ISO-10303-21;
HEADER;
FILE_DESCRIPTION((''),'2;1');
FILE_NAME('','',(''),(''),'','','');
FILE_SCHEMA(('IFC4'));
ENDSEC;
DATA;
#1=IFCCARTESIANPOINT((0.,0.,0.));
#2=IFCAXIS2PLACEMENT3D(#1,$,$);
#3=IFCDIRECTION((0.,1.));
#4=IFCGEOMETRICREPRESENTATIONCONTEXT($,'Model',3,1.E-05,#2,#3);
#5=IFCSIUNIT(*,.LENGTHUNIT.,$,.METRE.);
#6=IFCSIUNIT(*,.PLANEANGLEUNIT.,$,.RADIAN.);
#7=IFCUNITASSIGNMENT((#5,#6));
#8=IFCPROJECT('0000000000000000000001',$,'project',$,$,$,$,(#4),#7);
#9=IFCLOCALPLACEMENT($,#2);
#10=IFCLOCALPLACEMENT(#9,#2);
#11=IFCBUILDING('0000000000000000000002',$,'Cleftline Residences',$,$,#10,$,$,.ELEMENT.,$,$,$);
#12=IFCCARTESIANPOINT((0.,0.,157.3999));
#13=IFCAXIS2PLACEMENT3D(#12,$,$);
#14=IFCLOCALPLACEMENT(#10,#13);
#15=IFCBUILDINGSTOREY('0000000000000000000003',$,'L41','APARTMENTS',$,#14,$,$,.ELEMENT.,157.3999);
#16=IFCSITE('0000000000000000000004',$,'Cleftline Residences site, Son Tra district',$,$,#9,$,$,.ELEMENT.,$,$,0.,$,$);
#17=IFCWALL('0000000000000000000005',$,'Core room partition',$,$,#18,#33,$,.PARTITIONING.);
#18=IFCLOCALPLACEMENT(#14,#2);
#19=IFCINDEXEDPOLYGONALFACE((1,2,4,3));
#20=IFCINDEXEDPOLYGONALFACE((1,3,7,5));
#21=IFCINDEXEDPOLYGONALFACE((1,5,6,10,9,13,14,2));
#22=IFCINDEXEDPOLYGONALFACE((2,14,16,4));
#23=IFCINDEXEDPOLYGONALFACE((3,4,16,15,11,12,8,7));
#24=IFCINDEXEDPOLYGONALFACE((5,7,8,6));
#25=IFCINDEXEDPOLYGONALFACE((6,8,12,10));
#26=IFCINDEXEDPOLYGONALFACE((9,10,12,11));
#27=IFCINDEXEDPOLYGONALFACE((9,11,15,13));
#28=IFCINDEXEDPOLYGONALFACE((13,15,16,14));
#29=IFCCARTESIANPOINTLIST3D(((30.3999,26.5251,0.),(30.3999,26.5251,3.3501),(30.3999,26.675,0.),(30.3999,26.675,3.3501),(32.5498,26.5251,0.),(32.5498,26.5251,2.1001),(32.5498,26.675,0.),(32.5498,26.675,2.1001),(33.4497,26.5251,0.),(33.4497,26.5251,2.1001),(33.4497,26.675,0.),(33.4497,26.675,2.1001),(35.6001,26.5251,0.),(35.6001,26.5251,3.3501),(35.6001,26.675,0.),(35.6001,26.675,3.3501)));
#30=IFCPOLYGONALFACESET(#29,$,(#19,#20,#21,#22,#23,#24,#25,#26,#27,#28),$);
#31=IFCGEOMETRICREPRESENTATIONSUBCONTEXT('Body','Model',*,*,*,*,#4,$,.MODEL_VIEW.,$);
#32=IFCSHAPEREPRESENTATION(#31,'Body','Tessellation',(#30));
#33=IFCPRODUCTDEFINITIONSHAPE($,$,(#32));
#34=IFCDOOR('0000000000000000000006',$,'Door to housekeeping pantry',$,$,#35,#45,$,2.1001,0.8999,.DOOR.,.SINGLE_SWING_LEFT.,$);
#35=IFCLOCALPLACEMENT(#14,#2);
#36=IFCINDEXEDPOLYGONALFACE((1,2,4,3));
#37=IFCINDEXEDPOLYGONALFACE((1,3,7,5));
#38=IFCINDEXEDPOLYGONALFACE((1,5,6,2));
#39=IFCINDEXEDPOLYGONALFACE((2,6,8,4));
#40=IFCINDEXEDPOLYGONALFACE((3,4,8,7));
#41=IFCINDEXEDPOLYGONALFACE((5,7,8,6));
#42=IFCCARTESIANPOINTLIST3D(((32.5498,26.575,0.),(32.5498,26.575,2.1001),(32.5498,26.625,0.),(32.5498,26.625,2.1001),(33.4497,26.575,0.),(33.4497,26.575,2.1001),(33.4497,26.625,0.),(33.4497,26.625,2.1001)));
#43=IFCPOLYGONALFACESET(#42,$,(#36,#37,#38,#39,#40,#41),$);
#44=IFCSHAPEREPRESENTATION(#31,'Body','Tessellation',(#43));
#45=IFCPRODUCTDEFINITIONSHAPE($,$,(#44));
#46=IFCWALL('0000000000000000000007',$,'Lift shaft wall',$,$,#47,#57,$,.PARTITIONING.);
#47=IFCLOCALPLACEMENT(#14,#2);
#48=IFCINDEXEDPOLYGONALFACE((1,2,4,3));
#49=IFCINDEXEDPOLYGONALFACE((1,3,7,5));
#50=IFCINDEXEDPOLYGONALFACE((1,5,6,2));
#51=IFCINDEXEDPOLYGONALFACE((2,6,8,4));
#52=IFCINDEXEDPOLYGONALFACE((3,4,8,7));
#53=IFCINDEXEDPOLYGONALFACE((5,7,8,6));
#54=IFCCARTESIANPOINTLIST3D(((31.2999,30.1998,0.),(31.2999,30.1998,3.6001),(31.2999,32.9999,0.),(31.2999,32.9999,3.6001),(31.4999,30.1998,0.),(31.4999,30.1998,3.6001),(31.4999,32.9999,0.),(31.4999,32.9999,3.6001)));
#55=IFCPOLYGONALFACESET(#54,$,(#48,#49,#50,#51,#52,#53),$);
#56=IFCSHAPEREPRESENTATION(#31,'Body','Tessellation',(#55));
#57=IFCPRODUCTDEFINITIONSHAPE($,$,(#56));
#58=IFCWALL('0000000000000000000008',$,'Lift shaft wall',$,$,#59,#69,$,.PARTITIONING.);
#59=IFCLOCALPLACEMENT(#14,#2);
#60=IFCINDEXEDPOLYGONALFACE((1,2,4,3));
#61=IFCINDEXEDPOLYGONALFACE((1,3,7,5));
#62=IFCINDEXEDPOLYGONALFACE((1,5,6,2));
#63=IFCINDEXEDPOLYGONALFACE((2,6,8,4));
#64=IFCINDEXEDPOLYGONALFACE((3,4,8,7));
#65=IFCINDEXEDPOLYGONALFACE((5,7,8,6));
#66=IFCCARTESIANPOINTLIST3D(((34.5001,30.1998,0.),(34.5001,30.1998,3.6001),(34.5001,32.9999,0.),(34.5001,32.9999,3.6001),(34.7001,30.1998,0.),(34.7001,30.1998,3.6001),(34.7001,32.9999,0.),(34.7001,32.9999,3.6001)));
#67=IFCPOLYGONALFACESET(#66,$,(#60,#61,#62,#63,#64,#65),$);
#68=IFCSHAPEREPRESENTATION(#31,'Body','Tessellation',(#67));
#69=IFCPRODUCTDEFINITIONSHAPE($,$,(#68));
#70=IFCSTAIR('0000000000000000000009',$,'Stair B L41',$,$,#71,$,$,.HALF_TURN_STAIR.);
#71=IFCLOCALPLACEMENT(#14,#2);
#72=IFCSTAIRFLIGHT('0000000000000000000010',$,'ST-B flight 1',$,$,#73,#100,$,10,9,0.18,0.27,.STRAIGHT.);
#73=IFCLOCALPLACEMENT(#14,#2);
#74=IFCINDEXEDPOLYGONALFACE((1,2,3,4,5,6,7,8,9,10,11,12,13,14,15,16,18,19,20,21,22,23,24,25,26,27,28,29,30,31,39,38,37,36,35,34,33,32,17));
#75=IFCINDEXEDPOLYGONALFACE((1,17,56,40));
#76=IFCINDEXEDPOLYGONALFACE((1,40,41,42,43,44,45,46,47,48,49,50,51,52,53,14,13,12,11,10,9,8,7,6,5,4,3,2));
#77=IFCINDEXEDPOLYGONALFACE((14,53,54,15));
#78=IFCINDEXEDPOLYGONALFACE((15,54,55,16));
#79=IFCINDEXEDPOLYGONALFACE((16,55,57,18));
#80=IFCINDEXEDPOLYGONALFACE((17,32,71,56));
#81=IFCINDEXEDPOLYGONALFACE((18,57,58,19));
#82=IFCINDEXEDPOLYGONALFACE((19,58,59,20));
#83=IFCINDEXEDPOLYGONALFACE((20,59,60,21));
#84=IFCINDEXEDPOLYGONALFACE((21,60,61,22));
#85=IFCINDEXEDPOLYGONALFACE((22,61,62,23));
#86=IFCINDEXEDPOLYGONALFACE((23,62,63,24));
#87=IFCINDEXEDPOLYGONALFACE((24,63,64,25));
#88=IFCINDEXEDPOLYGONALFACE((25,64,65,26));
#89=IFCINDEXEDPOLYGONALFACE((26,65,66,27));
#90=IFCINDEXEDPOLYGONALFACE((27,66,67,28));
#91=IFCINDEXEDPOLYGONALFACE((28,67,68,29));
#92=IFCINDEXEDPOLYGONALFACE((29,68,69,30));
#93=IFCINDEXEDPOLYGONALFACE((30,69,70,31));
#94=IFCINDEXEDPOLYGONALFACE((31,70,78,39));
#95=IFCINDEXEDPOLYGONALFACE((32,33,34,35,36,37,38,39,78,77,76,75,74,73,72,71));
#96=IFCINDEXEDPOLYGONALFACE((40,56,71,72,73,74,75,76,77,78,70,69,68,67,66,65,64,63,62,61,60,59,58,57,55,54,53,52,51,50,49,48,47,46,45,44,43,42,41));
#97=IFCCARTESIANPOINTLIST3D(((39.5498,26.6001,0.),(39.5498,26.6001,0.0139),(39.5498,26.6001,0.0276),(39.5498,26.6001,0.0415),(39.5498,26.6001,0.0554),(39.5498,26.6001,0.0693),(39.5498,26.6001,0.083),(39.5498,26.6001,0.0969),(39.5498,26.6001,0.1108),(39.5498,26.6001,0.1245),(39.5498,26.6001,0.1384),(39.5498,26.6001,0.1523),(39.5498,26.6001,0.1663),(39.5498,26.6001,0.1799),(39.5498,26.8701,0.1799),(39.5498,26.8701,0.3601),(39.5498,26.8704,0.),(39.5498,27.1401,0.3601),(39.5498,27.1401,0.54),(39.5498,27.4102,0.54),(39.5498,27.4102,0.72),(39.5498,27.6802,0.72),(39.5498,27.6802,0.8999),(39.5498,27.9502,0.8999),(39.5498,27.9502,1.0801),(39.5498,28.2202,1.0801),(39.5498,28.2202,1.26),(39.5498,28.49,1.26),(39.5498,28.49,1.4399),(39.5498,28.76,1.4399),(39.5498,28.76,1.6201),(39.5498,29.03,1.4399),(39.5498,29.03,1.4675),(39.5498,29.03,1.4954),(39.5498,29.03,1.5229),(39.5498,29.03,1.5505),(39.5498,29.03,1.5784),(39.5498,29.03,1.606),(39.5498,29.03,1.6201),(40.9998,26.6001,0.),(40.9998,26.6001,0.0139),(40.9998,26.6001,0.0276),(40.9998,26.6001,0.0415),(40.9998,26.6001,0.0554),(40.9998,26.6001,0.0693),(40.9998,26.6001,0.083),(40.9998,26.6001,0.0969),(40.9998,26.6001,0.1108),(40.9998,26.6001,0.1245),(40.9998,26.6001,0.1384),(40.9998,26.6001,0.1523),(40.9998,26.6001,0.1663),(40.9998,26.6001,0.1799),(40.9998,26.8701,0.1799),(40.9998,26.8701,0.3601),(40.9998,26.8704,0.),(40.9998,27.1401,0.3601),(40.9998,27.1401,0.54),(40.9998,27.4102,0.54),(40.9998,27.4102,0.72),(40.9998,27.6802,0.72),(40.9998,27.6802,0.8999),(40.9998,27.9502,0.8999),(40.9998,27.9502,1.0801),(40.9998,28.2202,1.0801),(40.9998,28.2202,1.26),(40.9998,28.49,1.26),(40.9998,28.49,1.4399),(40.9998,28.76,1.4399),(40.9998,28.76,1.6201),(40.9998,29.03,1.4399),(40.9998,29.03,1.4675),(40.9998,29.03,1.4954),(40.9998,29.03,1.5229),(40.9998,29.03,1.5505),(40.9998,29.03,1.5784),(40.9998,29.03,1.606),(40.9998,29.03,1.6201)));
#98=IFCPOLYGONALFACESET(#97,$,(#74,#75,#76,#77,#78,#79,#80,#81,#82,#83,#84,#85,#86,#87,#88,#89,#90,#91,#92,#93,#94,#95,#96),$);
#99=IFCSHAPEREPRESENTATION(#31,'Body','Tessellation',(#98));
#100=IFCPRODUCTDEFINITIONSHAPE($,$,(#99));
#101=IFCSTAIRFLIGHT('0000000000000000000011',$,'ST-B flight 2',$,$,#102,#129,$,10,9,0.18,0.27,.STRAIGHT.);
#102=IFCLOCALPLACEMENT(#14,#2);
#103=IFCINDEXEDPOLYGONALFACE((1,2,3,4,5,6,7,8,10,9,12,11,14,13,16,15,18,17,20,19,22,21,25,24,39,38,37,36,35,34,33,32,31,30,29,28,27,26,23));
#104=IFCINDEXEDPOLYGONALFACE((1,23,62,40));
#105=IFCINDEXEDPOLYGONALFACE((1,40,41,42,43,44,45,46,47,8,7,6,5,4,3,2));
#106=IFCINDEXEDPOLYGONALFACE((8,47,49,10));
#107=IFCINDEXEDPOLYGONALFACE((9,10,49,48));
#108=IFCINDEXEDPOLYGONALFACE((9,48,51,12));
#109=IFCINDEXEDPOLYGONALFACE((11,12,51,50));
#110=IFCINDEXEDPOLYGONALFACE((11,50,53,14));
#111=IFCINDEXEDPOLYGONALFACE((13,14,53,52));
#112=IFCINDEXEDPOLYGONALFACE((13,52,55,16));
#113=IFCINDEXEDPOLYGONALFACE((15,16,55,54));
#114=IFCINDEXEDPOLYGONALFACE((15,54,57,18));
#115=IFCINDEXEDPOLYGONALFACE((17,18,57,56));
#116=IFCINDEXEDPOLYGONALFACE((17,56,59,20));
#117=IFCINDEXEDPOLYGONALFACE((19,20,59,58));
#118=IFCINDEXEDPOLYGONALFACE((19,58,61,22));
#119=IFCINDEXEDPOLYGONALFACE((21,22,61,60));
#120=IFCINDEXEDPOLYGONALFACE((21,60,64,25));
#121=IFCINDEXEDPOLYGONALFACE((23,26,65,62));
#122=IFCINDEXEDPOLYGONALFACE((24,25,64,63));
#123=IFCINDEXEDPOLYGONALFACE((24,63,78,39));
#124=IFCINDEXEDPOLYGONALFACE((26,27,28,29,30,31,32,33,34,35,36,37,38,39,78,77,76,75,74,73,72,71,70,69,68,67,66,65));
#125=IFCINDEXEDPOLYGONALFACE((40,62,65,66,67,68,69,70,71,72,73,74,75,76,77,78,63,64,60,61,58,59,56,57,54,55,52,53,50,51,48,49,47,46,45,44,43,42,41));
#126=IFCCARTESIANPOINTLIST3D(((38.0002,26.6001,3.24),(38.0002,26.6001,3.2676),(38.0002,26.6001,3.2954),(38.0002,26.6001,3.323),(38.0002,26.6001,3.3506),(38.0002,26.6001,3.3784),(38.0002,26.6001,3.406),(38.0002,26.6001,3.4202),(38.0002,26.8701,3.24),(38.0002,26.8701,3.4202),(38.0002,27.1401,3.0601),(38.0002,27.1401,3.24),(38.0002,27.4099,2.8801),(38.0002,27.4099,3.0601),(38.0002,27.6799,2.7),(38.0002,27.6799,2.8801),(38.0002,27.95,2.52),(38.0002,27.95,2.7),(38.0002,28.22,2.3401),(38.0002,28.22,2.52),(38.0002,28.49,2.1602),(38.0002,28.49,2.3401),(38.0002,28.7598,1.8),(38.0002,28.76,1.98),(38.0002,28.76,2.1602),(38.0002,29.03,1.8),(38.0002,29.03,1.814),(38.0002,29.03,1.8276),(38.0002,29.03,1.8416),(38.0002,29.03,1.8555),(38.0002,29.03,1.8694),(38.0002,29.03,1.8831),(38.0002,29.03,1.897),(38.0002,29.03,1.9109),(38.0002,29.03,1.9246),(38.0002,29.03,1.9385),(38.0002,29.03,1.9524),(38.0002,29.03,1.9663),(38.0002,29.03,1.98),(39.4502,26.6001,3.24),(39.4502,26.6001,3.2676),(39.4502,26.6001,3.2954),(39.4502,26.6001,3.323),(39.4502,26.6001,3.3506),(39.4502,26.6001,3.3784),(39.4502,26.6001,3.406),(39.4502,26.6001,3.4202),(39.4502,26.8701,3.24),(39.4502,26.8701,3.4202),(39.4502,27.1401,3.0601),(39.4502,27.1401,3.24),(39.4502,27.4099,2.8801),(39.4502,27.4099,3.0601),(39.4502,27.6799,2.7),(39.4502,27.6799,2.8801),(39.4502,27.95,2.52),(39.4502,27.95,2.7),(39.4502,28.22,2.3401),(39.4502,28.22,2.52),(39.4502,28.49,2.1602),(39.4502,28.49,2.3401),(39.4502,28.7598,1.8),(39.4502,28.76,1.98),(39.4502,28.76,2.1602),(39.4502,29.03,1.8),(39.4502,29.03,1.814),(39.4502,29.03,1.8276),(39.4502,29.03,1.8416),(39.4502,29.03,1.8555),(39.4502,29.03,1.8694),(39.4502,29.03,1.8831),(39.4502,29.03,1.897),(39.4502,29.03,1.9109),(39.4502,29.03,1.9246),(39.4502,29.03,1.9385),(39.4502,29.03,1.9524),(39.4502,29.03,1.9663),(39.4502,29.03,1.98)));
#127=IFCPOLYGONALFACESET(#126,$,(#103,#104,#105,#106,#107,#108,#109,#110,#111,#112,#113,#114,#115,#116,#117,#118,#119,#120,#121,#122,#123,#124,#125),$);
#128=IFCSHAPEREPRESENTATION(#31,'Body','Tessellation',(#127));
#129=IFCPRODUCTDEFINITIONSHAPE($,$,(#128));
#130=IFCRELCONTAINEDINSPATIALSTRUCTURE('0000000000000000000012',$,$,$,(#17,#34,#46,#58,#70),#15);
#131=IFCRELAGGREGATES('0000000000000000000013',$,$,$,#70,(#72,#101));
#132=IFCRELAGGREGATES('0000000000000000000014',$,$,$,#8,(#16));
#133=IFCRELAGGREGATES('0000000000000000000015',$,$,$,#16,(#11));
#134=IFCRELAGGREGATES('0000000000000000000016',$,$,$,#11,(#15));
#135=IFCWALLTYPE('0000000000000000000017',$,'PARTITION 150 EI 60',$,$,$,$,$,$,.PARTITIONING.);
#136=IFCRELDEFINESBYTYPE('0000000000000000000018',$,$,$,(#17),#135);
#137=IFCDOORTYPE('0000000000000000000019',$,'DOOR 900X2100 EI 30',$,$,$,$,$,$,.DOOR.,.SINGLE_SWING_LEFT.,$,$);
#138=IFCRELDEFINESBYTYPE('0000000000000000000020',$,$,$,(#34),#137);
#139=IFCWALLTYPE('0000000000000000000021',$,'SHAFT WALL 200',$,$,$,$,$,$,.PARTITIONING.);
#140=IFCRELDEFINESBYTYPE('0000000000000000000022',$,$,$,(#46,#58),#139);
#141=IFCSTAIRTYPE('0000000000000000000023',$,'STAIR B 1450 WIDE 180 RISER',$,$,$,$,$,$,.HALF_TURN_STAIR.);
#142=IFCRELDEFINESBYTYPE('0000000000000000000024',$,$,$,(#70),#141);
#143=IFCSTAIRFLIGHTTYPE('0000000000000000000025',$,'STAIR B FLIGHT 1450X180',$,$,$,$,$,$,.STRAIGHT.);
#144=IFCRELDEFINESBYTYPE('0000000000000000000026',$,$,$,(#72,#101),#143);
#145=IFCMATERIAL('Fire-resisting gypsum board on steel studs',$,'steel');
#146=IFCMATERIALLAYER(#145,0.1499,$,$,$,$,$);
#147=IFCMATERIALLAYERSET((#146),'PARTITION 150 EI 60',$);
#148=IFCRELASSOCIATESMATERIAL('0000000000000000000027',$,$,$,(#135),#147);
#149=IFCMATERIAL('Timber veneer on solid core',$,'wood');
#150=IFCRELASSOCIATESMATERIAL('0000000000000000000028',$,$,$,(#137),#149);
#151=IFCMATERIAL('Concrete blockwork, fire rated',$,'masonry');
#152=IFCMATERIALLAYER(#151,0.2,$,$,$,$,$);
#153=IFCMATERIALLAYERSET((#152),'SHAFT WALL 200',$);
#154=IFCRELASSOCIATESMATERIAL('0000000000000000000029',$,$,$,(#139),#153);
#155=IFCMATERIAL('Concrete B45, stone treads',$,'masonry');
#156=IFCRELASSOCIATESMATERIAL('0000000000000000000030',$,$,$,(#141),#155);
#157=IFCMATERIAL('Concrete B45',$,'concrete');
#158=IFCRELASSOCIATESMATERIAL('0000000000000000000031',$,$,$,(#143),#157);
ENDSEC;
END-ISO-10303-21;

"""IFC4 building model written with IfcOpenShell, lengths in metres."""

from ifc_helpers import new_model, si_unit, direction, frame, frame_2d, origin, place, context, subcontext, project, spatial, polyline, rectangle, outline, extrude, material, layer, layer_set, type_object, element, fill, aggregate, save


model = new_model("IFC4")

# Units and contexts
model_context = context("Model", 3, precision=1e-05, world=origin(), true_north=direction((0.0, 1.0)))
body_context = subcontext(model_context, "Body", "Model", "MODEL_VIEW")
ifc_project = project(units=[si_unit("LENGTHUNIT", "METRE"), si_unit("PLANEANGLEUNIT", "RADIAN")], contexts=[model_context])

# Site, building, storey
site_placement = place(None, origin())
site = spatial("IfcSite", under=ifc_project, at=site_placement, Name="Cleftline Residences site, Son Tra district", CompositionType="ELEMENT", RefElevation=0.0)
building_placement = place(site_placement, origin())
building = spatial("IfcBuilding", under=site, at=building_placement, Name="Cleftline Residences", CompositionType="ELEMENT")
storey_placement = place(building_placement, frame((0.0, 0.0, 157.3999)))
storey = spatial("IfcBuildingStorey", under=building, at=storey_placement, Name="L41", Description="APARTMENTS", CompositionType="ELEMENT", Elevation=157.3999)

# Wall, opening, door
ifc_material_1 = material(Name="Fire-resisting gypsum board on steel studs", Category="steel")
ifc_layer_1 = layer(ifc_material_1, 0.1499)
ifc_layer_set_1 = layer_set([ifc_layer_1], Name="PARTITION 150 EI 60")
wall_type_1 = type_object("IfcWallType", Name="PARTITION 150 EI 60", PredefinedType="PARTITIONING", material=ifc_layer_set_1)
wall_1_placement = place(storey_placement, frame((30.3999, 26.6001, 0.0), z_axis=(0.0, 0.0, 1.0), x_axis=(1.0, 0.0, 0.0)))
wall_1 = element("IfcWall", 1, at=wall_1_placement, inside=storey, type_object=wall_type_1, Name="Core room partition", PredefinedType="PARTITIONING", context=body_context, shape_type="SweptSolid", body=[
    extrude(rectangle(XDim=5.2002, YDim=0.1499, at=frame_2d((2.6001, 0.0))), origin(), (0.0, 0.0, 1.0), 3.3501),
])
opening_1_placement = place(wall_1_placement, frame((2.1499, 0.0, 0.0)))
opening_1 = element("IfcOpeningElement", 2, at=opening_1_placement, cuts=wall_1, PredefinedType="OPENING", context=body_context, shape_type="SweptSolid", body=[
    extrude(rectangle(XDim=0.8999, YDim=2.1001, at=frame_2d((0.45, 1.05))), frame((0.0, 0.085, 0.0), z_axis=(0.0, -1.0, 0.0), x_axis=(1.0, 0.0, 0.0)), (0.0, 0.0, 1.0), 0.1699),
])
ifc_material_2 = material(Name="Timber veneer on solid core", Category="wood")
door_type_1 = type_object("IfcDoorType", Name="DOOR 900X2100 EI 30", OperationType="SINGLE_SWING_LEFT", PredefinedType="DOOR", material=ifc_material_2)
door_1_placement = place(opening_1_placement, origin())
door_1 = element("IfcDoor", 3, at=door_1_placement, inside=storey, type_object=door_type_1, Name="Door to housekeeping pantry", OperationType="SINGLE_SWING_LEFT", OverallHeight=2.1001, OverallWidth=0.8999, PredefinedType="DOOR", context=body_context, shape_type="SweptSolid", body=[
    extrude(rectangle(XDim=0.8999, YDim=2.1001, at=frame_2d((0.45, 1.05))), frame((0.0, 0.0249, 0.0), z_axis=(0.0, -1.0, 0.0), x_axis=(1.0, 0.0, 0.0)), (0.0, 0.0, 1.0), 0.05),
])
fill(opening_1, door_1)

# Walls
ifc_material_3 = material(Name="Concrete blockwork, fire rated", Category="masonry")
ifc_layer_2 = layer(ifc_material_3, 0.2)
ifc_layer_set_2 = layer_set([ifc_layer_2], Name="SHAFT WALL 200")
wall_type_2 = type_object("IfcWallType", Name="SHAFT WALL 200", PredefinedType="PARTITIONING", material=ifc_layer_set_2)
for number, where, z_axis, x_axis, name in (
    (4, (31.3999, 30.2, 0.0), (0.0, 0.0, 1.0), (0.0, 1.0, 0.0), "Lift shaft wall"),
    (5, (34.6001, 30.2, 0.0), (0.0, 0.0, 1.0), (0.0, 1.0, 0.0), "Lift shaft wall"),
):
    element("IfcWall", number, at=place(storey_placement, frame(where, z_axis=z_axis, x_axis=x_axis)), inside=storey, type_object=wall_type_2, Name=name, PredefinedType="PARTITIONING", context=body_context, shape_type="SweptSolid", body=[
        extrude(rectangle(XDim=2.8, YDim=0.2, at=frame_2d((1.3999, 0.0))), origin(), (0.0, 0.0, 1.0), 3.6001),
    ])

# Stair, stair flights
ifc_material_4 = material(Name="Concrete B45, stone treads", Category="masonry")
stair_type = type_object("IfcStairType", Name="STAIR B 1450 WIDE 180 RISER", PredefinedType="HALF_TURN_STAIR", material=ifc_material_4)
stair_placement = place(storey_placement, origin())
stair = element("IfcStair", 6, at=stair_placement, inside=storey, type_object=stair_type, Name="Stair B L41", PredefinedType="HALF_TURN_STAIR")
ifc_material_5 = material(Name="Concrete B45", Category="concrete")
stair_flight_type = type_object("IfcStairFlightType", Name="STAIR B FLIGHT 1450X180", PredefinedType="STRAIGHT", material=ifc_material_5)
stair_flight_1_placement = place(storey_placement, frame((40.2749, 26.6001, 0.0), z_axis=(0.0, 0.0, 1.0), x_axis=(0.0, 1.0, 0.0)))
stair_flight_1 = element("IfcStairFlight", 7, at=stair_flight_1_placement, type_object=stair_flight_type, Name="ST-B flight 1", NumberOfRisers=10, NumberOfTreads=9, PredefinedType="STRAIGHT", RiserHeight=0.18, TreadLength=0.27, context=body_context, shape_type="SweptSolid", body=[
    extrude(outline(polyline([(0.0, 0.0), (0.0, 0.0139), (0.0, 0.0276), (0.0, 0.0415), (0.0, 0.0554), (0.0, 0.0693), (0.0, 0.083), (0.0, 0.0969), (0.0, 0.1108), (0.0, 0.1245), (0.0, 0.1384), (0.0, 0.1523), (0.0, 0.1663), (0.0, 0.1799), (0.27, 0.1799), (0.27, 0.3601), (0.54, 0.3601), (0.54, 0.54), (0.8101, 0.54), (0.8101, 0.72), (1.0801, 0.72), (1.0801, 0.8999), (1.3501, 0.8999), (1.3501, 1.0801), (1.6201, 1.0801), (1.6201, 1.26), (1.8899, 1.26), (1.8899, 1.4399), (2.1599, 1.4399), (2.1599, 1.6201), (2.4299, 1.6201), (2.4299, 1.8), (2.4299, 1.7722), (2.4299, 1.7446), (2.4299, 1.7168), (2.4299, 1.6892), (2.4299, 1.6614), (2.4299, 1.6338), (2.4299, 1.606), (2.4299, 1.5784), (2.4299, 1.5505), (2.4299, 1.5229), (2.4299, 1.4954), (2.4299, 1.4675), (2.4299, 1.4399), (0.2703, 0.0), (0.0, 0.0)])), frame((0.0, 0.7251, 0.0), z_axis=(0.0, -1.0, 0.0), x_axis=(1.0, 0.0, 0.0)), (0.0, 0.0, 1.0), 1.45),
])
stair_flight_2_placement = place(storey_placement, frame((38.7251, 29.03, 1.8), z_axis=(0.0, 0.0, 1.0), x_axis=(0.0, -1.0, 0.0)))
stair_flight_2 = element("IfcStairFlight", 8, at=stair_flight_2_placement, type_object=stair_flight_type, Name="ST-B flight 2", NumberOfRisers=10, NumberOfTreads=9, PredefinedType="STRAIGHT", RiserHeight=0.18, TreadLength=0.27, context=body_context, shape_type="SweptSolid", body=[
    extrude(outline(polyline([(0.0, 0.0), (0.0, 0.0139), (0.0, 0.0276), (0.0, 0.0415), (0.0, 0.0554), (0.0, 0.0693), (0.0, 0.083), (0.0, 0.0969), (0.0, 0.1108), (0.0, 0.1245), (0.0, 0.1384), (0.0, 0.1523), (0.0, 0.1663), (0.0, 0.1799), (0.27, 0.1799), (0.27, 0.3601), (0.54, 0.3601), (0.54, 0.54), (0.8101, 0.54), (0.8101, 0.72), (1.0801, 0.72), (1.0801, 0.8999), (1.3501, 0.8999), (1.3501, 1.0801), (1.6201, 1.0801), (1.6201, 1.26), (1.8899, 1.26), (1.8899, 1.4399), (2.1599, 1.4399), (2.1599, 1.6201), (2.4299, 1.6201), (2.4299, 1.8), (2.4299, 1.7722), (2.4299, 1.7446), (2.4299, 1.7168), (2.4299, 1.6892), (2.4299, 1.6614), (2.4299, 1.6338), (2.4299, 1.606), (2.4299, 1.5784), (2.4299, 1.5505), (2.4299, 1.5229), (2.4299, 1.4954), (2.4299, 1.4675), (2.4299, 1.4399), (0.2703, 0.0), (0.0, 0.0)])), frame((0.0, 0.7251, 0.0), z_axis=(0.0, -1.0, 0.0), x_axis=(1.0, 0.0, 0.0)), (0.0, 0.0, 1.0), 1.45),
])
aggregate(stair, [stair_flight_1, stair_flight_2])

save(model, "model.ifc")
